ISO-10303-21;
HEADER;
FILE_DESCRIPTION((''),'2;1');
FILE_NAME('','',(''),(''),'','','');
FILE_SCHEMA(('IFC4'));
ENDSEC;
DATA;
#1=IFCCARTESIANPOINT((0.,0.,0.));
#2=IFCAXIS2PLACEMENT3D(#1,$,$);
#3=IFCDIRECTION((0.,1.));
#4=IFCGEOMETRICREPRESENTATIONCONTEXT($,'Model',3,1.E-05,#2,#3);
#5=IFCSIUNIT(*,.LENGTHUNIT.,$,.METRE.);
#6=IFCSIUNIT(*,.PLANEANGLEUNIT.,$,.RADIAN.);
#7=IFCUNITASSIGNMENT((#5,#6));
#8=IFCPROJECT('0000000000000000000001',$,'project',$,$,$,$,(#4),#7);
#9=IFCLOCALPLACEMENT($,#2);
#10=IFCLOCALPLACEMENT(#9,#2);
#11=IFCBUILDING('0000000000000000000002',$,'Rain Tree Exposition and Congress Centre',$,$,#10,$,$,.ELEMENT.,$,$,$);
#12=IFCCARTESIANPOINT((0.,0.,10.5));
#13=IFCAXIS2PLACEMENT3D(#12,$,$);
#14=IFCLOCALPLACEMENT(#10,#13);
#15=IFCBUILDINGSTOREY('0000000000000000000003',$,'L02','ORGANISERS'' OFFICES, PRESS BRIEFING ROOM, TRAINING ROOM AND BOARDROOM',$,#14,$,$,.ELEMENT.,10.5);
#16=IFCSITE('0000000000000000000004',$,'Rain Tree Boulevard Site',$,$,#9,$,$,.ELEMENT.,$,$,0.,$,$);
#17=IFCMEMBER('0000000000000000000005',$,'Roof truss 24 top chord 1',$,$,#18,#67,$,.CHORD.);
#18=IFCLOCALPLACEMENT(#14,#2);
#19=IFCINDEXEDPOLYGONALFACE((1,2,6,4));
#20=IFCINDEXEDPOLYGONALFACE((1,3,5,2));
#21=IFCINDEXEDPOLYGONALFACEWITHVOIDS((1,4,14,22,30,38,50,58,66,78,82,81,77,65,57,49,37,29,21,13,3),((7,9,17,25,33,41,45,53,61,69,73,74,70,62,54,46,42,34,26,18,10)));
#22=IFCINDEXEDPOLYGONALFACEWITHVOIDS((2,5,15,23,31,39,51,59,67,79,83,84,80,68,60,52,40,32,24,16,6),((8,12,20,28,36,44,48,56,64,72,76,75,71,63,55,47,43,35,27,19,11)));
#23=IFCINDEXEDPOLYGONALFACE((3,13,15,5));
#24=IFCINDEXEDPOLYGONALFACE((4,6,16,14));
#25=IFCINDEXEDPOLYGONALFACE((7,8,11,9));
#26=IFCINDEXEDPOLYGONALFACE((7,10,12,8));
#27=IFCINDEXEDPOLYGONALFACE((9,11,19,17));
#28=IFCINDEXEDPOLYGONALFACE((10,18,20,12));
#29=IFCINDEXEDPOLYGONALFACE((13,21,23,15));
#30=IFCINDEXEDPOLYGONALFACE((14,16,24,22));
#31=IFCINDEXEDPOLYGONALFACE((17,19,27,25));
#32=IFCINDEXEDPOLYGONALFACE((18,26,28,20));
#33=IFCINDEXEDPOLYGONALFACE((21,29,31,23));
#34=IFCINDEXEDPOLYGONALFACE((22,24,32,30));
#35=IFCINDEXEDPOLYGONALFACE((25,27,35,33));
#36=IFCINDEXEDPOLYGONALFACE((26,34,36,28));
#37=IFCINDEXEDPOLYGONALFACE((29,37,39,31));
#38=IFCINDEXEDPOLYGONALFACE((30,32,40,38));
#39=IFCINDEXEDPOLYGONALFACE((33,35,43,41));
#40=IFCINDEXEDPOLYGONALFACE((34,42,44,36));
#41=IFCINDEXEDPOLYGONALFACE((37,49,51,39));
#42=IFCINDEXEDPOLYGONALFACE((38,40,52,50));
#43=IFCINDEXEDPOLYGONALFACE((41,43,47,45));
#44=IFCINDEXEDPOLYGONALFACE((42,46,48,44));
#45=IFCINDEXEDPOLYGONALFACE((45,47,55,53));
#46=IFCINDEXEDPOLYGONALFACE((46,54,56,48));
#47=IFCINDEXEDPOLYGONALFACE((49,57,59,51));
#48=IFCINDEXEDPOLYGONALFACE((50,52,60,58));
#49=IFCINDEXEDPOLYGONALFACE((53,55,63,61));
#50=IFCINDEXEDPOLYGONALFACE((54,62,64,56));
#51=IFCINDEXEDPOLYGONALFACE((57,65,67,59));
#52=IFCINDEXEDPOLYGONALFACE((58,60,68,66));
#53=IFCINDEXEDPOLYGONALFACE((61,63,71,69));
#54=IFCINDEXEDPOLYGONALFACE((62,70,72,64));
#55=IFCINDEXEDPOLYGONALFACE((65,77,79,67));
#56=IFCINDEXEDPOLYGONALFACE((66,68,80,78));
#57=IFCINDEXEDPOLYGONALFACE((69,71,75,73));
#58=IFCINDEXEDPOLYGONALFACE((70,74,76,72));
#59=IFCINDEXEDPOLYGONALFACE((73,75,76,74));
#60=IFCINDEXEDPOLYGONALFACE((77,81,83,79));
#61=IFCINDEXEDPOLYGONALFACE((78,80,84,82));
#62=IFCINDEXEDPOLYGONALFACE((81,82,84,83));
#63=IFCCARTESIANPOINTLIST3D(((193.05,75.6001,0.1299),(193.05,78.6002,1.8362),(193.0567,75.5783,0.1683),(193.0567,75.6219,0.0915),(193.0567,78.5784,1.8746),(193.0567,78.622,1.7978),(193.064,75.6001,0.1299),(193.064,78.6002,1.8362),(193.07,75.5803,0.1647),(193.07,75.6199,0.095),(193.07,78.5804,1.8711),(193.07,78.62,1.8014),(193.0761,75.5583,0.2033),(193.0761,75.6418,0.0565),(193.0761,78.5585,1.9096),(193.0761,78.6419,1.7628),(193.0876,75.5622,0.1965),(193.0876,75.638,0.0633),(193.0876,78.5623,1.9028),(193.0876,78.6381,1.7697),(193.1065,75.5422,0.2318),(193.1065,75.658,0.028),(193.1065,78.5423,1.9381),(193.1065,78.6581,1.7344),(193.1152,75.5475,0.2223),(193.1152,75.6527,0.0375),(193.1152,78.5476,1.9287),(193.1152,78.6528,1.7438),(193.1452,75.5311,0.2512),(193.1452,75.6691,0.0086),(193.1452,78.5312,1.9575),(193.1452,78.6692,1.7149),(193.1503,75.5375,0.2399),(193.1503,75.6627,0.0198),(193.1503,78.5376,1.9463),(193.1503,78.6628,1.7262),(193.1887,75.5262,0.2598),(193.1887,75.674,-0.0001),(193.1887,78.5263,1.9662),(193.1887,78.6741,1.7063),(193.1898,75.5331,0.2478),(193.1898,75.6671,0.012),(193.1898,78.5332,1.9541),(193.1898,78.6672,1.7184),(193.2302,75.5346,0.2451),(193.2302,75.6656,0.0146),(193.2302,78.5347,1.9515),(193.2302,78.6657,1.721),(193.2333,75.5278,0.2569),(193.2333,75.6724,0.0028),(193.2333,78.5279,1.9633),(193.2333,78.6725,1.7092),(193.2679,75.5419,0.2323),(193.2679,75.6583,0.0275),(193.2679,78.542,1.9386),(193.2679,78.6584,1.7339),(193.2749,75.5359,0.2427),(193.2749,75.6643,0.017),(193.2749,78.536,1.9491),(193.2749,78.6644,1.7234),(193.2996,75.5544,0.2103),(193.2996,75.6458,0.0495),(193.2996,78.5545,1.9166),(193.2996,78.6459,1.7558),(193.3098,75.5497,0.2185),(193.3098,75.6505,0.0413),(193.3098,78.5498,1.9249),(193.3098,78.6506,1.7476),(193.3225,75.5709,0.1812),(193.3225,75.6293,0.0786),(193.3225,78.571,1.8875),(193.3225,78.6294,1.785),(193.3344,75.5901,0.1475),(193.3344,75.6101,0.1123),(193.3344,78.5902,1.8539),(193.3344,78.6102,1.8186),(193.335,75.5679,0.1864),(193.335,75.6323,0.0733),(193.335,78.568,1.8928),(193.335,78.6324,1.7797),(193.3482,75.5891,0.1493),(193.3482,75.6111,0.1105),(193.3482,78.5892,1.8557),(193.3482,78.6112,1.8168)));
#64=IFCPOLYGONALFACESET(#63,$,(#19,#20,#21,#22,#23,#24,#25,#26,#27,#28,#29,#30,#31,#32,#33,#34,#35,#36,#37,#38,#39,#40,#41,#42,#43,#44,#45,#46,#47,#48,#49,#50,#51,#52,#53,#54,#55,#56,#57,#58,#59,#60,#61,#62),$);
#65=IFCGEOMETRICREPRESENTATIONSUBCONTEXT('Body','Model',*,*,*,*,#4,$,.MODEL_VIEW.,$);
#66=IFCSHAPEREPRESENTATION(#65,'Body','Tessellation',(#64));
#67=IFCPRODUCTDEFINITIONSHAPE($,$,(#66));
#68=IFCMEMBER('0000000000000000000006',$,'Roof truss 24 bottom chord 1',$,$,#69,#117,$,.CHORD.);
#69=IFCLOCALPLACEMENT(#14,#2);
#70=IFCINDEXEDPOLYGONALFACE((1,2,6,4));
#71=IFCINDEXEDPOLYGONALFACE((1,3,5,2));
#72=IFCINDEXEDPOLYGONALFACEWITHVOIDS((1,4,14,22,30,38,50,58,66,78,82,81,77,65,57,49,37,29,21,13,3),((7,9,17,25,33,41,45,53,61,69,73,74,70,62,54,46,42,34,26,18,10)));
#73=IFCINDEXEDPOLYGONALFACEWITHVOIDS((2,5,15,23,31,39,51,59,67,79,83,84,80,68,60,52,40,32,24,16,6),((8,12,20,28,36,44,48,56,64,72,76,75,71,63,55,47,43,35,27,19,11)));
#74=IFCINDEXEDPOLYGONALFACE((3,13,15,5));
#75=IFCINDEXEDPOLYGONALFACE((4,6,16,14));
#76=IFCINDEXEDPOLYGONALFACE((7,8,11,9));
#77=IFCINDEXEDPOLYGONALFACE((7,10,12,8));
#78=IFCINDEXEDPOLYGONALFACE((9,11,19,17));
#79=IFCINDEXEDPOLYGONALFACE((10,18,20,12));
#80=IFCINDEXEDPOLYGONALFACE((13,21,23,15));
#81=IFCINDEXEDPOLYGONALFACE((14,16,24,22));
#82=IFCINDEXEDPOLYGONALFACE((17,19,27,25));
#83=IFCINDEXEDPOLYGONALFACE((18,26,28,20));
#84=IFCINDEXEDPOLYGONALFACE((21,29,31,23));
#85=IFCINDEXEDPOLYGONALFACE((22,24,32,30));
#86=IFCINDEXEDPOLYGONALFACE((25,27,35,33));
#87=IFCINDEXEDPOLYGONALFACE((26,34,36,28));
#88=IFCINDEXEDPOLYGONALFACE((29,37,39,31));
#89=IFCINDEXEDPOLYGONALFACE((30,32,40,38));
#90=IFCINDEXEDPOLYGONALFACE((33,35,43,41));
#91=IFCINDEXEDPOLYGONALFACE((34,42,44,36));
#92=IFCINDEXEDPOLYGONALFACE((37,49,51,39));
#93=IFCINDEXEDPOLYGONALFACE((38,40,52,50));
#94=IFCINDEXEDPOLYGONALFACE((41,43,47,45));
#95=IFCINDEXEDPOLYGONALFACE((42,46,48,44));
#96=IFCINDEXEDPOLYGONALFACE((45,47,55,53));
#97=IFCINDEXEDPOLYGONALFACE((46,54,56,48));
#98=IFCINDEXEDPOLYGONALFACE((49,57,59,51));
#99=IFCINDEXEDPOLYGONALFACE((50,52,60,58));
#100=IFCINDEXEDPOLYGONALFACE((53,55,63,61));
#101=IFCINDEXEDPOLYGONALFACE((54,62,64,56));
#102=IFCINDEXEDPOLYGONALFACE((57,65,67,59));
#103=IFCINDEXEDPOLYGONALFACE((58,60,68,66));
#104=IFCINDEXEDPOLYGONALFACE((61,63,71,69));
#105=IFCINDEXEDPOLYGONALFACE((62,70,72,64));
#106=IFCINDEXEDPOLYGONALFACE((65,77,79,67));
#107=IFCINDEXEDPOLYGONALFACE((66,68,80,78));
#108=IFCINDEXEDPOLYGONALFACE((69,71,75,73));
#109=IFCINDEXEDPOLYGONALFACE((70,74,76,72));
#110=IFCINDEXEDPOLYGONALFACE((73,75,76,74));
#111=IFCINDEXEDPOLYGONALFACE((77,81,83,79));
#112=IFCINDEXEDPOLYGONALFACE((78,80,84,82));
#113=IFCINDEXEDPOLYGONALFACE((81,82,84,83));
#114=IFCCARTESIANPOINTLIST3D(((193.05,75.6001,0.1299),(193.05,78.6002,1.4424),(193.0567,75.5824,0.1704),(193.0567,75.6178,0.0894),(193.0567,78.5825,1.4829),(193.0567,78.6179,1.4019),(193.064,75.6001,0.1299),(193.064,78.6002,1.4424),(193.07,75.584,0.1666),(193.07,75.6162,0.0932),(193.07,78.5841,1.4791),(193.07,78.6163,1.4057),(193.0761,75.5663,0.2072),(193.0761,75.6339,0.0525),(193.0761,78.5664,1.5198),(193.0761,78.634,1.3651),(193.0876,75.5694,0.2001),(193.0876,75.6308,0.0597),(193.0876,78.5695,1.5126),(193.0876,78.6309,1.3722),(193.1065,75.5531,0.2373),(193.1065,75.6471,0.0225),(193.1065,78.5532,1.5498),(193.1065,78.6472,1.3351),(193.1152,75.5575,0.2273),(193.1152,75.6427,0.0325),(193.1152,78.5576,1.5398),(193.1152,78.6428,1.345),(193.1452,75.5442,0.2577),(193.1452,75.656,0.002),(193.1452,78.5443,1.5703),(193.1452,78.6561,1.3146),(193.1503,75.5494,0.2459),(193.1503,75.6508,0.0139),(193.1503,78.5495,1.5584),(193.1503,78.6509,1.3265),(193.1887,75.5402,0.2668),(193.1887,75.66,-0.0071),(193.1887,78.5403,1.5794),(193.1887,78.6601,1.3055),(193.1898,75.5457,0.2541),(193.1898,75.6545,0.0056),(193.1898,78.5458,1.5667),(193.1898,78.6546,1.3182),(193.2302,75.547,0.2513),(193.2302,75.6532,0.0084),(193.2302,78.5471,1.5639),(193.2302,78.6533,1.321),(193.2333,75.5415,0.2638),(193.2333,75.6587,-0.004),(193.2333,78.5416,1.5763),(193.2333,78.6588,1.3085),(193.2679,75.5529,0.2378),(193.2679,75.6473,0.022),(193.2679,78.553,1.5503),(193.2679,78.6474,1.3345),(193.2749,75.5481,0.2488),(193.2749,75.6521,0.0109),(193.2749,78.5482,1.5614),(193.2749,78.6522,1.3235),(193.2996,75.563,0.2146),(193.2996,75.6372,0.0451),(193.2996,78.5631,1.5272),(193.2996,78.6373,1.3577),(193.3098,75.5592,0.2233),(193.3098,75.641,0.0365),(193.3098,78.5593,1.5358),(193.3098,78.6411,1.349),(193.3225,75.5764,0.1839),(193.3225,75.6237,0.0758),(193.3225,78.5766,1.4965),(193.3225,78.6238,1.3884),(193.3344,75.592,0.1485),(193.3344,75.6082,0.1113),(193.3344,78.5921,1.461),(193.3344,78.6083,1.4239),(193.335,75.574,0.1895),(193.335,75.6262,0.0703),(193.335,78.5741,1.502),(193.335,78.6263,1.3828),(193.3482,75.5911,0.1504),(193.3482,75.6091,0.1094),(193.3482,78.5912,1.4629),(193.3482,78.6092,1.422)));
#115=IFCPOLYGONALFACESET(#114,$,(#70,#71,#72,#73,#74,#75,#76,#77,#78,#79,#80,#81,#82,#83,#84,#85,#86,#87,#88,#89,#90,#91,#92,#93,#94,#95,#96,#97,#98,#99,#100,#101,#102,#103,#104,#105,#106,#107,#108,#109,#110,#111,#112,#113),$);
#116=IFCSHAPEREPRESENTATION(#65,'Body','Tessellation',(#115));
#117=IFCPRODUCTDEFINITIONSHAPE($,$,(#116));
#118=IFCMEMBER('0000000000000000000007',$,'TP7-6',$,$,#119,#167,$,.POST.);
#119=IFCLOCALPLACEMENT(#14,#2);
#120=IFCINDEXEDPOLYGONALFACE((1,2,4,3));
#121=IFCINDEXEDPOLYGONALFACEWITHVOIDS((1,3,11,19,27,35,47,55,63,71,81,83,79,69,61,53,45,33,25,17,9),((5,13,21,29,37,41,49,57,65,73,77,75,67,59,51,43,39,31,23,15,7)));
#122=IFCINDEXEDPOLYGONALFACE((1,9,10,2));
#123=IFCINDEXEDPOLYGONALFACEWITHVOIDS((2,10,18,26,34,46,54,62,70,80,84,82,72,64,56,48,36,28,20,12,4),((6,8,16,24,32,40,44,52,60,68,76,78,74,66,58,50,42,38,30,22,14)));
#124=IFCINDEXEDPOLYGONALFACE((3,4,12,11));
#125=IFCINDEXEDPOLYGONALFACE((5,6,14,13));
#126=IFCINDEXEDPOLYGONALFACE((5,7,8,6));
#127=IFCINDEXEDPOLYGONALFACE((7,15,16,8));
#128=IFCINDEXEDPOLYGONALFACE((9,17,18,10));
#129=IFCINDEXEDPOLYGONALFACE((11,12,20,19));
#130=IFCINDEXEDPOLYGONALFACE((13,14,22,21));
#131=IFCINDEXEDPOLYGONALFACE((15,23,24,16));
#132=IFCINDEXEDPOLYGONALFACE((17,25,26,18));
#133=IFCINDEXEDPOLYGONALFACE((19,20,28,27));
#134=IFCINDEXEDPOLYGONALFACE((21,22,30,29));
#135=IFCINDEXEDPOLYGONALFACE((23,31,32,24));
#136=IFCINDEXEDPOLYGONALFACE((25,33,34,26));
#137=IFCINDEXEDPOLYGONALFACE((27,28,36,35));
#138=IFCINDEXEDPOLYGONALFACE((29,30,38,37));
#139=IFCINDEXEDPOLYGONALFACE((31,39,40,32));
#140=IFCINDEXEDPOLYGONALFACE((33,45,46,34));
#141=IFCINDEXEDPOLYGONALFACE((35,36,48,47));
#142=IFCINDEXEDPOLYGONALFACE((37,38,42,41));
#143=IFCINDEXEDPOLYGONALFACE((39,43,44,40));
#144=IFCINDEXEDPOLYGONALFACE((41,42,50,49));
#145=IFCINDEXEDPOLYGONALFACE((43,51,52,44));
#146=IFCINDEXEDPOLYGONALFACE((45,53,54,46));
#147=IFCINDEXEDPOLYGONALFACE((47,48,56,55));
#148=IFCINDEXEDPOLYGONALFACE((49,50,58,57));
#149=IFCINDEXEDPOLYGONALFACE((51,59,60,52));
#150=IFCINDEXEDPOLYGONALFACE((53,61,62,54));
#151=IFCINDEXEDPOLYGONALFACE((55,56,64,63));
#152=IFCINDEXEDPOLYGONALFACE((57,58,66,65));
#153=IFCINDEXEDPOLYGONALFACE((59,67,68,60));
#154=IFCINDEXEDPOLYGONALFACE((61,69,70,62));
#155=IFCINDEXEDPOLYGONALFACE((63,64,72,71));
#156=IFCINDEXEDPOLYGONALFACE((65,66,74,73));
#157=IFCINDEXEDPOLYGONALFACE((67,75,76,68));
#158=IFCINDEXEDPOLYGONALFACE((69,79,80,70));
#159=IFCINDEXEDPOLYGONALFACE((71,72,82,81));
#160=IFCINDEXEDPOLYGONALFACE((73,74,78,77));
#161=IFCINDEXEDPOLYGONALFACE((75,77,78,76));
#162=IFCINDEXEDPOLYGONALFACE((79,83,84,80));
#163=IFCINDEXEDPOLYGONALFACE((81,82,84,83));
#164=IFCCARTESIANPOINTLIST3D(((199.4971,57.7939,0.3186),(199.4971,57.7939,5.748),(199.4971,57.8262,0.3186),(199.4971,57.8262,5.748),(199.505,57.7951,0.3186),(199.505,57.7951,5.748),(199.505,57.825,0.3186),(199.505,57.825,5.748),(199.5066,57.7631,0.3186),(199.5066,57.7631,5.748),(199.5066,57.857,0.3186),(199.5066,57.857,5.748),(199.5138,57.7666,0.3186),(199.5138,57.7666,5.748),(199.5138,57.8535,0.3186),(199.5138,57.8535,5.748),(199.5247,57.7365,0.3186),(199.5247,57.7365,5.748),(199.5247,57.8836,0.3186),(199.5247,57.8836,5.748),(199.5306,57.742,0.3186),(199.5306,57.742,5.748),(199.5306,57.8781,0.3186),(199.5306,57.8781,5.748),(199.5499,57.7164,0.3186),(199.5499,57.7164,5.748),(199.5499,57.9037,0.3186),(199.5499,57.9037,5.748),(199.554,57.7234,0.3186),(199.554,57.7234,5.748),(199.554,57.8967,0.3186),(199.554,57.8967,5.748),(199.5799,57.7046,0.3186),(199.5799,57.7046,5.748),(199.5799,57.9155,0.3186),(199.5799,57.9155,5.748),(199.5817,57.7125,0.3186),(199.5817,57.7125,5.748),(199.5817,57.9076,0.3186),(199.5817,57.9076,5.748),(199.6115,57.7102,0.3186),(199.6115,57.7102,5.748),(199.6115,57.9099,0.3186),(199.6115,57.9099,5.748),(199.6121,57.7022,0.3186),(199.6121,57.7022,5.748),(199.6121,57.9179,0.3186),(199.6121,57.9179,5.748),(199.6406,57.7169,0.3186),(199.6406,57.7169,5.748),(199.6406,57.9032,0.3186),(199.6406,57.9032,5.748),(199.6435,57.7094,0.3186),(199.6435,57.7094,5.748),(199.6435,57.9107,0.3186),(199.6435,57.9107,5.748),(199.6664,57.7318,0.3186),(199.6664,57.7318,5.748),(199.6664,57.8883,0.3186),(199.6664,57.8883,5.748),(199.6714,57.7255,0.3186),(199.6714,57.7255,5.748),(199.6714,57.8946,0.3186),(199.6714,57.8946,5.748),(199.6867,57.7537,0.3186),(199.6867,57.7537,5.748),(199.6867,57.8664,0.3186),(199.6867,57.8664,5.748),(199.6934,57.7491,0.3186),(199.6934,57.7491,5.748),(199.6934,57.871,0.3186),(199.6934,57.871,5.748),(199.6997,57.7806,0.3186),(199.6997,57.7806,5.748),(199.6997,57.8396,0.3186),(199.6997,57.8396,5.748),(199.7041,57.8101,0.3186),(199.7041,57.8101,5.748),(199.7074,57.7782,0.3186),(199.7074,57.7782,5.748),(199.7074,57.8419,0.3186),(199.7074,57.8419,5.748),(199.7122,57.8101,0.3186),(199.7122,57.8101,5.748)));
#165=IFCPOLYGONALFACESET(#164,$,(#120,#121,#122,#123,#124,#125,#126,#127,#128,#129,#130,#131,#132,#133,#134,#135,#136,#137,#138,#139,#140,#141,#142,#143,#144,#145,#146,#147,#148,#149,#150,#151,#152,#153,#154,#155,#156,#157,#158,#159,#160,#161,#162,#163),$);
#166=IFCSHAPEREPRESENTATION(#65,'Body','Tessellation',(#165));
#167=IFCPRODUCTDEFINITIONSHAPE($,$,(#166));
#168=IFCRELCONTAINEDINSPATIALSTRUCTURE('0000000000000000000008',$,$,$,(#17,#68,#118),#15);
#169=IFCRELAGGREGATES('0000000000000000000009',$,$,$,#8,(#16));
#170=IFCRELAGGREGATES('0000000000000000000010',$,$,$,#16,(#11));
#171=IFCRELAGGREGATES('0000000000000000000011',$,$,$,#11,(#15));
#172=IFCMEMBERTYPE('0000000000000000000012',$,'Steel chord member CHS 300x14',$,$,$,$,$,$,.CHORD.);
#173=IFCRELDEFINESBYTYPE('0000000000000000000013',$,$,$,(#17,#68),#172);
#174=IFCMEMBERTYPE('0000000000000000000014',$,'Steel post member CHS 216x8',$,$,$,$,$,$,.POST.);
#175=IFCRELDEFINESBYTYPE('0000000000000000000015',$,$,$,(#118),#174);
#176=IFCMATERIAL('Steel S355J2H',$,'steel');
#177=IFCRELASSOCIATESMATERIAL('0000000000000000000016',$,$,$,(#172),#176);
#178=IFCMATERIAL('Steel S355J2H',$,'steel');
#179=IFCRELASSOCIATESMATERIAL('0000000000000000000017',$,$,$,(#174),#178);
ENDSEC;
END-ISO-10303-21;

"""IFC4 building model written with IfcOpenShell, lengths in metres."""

from ifc_helpers import new_model, si_unit, direction, frame, origin, origin_2d, place, context, subcontext, project, spatial, hollow_circle, extrude, material, material_profile, profile_set, type_object, element, save


model = new_model("IFC4")

# Units and contexts
model_context = context("Model", 3, precision=1e-05, world=origin(), true_north=direction((0.0, 1.0)))
body_context = subcontext(model_context, "Body", "Model", "MODEL_VIEW")
ifc_project = project(units=[si_unit("LENGTHUNIT", "METRE"), si_unit("PLANEANGLEUNIT", "RADIAN")], contexts=[model_context])

# Site, building, storey
site_placement = place(None, origin())
site = spatial("IfcSite", under=ifc_project, at=site_placement, Name="Rain Tree Boulevard Site", CompositionType="ELEMENT", RefElevation=0.0)
building_placement = place(site_placement, origin())
building = spatial("IfcBuilding", under=site, at=building_placement, Name="Rain Tree Exposition and Congress Centre", CompositionType="ELEMENT")
storey_placement = place(building_placement, frame((0.0, 0.0, 10.5)))
storey = spatial("IfcBuildingStorey", under=building, at=storey_placement, Name="L02", Description="ORGANISERS' OFFICES, PRESS BRIEFING ROOM, TRAINING ROOM AND BOARDROOM", CompositionType="ELEMENT", Elevation=10.5)

# Members
ifc_material_1 = material(Name="Steel S355J2H", Category="steel")
ifc_material_profile_1 = material_profile(ifc_material_1, hollow_circle(Radius=0.1499, WallThickness=0.0139, at=origin_2d()), Name="CHS 300x14")
ifc_profile_set_1 = profile_set([ifc_material_profile_1], Name="Steel S355J2H")
member_type_1 = type_object("IfcMemberType", Name="Steel chord member CHS 300x14", PredefinedType="CHORD", material=ifc_profile_set_1)
member_1_placement = place(storey_placement, frame((193.2, 75.6001, 0.1299), z_axis=(0.0, 0.869238, 0.494393), x_axis=(-1.0, 0.0, 0.0)))
element("IfcMember", 1, at=member_1_placement, inside=storey, type_object=member_type_1, Name="Roof truss 24 top chord 1", PredefinedType="CHORD", context=body_context, shape_type="SweptSolid", body=[
    extrude(hollow_circle(Radius=0.1499, WallThickness=0.0139, at=origin_2d()), origin(), (0.0, 0.0, 1.0), 3.4514),
])
member_2_placement = place(storey_placement, frame((193.2, 75.6001, 0.1299), z_axis=(0.0, 0.916157, 0.400819), x_axis=(-1.0, 0.0, 0.0)))
element("IfcMember", 2, at=member_2_placement, inside=storey, type_object=member_type_1, Name="Roof truss 24 bottom chord 1", PredefinedType="CHORD", context=body_context, shape_type="SweptSolid", body=[
    extrude(hollow_circle(Radius=0.1499, WallThickness=0.0139, at=origin_2d()), origin(), (0.0, 0.0, 1.0), 3.2747),
])
ifc_material_2 = material(Name="Steel S355J2H", Category="steel")
ifc_material_profile_2 = material_profile(ifc_material_2, hollow_circle(Radius=0.1082, WallThickness=0.0081, at=origin_2d()), Name="CHS 216x8")
ifc_profile_set_2 = profile_set([ifc_material_profile_2], Name="Steel S355J2H")
member_type_2 = type_object("IfcMemberType", Name="Steel post member CHS 216x8", PredefinedType="POST", material=ifc_profile_set_2)
member_3_placement = place(storey_placement, frame((199.604, 57.8101, 0.3186), z_axis=(0.0, 0.0, 1.0), x_axis=(1.0, 0.0, 0.0)))
element("IfcMember", 3, at=member_3_placement, inside=storey, type_object=member_type_2, Name="TP7-6", PredefinedType="POST", context=body_context, shape_type="SweptSolid", body=[
    extrude(hollow_circle(Radius=0.1082, WallThickness=0.0081, at=origin_2d()), origin(), (0.0, 0.0, 1.0), 5.4294),
])

save(model, "model.ifc")
